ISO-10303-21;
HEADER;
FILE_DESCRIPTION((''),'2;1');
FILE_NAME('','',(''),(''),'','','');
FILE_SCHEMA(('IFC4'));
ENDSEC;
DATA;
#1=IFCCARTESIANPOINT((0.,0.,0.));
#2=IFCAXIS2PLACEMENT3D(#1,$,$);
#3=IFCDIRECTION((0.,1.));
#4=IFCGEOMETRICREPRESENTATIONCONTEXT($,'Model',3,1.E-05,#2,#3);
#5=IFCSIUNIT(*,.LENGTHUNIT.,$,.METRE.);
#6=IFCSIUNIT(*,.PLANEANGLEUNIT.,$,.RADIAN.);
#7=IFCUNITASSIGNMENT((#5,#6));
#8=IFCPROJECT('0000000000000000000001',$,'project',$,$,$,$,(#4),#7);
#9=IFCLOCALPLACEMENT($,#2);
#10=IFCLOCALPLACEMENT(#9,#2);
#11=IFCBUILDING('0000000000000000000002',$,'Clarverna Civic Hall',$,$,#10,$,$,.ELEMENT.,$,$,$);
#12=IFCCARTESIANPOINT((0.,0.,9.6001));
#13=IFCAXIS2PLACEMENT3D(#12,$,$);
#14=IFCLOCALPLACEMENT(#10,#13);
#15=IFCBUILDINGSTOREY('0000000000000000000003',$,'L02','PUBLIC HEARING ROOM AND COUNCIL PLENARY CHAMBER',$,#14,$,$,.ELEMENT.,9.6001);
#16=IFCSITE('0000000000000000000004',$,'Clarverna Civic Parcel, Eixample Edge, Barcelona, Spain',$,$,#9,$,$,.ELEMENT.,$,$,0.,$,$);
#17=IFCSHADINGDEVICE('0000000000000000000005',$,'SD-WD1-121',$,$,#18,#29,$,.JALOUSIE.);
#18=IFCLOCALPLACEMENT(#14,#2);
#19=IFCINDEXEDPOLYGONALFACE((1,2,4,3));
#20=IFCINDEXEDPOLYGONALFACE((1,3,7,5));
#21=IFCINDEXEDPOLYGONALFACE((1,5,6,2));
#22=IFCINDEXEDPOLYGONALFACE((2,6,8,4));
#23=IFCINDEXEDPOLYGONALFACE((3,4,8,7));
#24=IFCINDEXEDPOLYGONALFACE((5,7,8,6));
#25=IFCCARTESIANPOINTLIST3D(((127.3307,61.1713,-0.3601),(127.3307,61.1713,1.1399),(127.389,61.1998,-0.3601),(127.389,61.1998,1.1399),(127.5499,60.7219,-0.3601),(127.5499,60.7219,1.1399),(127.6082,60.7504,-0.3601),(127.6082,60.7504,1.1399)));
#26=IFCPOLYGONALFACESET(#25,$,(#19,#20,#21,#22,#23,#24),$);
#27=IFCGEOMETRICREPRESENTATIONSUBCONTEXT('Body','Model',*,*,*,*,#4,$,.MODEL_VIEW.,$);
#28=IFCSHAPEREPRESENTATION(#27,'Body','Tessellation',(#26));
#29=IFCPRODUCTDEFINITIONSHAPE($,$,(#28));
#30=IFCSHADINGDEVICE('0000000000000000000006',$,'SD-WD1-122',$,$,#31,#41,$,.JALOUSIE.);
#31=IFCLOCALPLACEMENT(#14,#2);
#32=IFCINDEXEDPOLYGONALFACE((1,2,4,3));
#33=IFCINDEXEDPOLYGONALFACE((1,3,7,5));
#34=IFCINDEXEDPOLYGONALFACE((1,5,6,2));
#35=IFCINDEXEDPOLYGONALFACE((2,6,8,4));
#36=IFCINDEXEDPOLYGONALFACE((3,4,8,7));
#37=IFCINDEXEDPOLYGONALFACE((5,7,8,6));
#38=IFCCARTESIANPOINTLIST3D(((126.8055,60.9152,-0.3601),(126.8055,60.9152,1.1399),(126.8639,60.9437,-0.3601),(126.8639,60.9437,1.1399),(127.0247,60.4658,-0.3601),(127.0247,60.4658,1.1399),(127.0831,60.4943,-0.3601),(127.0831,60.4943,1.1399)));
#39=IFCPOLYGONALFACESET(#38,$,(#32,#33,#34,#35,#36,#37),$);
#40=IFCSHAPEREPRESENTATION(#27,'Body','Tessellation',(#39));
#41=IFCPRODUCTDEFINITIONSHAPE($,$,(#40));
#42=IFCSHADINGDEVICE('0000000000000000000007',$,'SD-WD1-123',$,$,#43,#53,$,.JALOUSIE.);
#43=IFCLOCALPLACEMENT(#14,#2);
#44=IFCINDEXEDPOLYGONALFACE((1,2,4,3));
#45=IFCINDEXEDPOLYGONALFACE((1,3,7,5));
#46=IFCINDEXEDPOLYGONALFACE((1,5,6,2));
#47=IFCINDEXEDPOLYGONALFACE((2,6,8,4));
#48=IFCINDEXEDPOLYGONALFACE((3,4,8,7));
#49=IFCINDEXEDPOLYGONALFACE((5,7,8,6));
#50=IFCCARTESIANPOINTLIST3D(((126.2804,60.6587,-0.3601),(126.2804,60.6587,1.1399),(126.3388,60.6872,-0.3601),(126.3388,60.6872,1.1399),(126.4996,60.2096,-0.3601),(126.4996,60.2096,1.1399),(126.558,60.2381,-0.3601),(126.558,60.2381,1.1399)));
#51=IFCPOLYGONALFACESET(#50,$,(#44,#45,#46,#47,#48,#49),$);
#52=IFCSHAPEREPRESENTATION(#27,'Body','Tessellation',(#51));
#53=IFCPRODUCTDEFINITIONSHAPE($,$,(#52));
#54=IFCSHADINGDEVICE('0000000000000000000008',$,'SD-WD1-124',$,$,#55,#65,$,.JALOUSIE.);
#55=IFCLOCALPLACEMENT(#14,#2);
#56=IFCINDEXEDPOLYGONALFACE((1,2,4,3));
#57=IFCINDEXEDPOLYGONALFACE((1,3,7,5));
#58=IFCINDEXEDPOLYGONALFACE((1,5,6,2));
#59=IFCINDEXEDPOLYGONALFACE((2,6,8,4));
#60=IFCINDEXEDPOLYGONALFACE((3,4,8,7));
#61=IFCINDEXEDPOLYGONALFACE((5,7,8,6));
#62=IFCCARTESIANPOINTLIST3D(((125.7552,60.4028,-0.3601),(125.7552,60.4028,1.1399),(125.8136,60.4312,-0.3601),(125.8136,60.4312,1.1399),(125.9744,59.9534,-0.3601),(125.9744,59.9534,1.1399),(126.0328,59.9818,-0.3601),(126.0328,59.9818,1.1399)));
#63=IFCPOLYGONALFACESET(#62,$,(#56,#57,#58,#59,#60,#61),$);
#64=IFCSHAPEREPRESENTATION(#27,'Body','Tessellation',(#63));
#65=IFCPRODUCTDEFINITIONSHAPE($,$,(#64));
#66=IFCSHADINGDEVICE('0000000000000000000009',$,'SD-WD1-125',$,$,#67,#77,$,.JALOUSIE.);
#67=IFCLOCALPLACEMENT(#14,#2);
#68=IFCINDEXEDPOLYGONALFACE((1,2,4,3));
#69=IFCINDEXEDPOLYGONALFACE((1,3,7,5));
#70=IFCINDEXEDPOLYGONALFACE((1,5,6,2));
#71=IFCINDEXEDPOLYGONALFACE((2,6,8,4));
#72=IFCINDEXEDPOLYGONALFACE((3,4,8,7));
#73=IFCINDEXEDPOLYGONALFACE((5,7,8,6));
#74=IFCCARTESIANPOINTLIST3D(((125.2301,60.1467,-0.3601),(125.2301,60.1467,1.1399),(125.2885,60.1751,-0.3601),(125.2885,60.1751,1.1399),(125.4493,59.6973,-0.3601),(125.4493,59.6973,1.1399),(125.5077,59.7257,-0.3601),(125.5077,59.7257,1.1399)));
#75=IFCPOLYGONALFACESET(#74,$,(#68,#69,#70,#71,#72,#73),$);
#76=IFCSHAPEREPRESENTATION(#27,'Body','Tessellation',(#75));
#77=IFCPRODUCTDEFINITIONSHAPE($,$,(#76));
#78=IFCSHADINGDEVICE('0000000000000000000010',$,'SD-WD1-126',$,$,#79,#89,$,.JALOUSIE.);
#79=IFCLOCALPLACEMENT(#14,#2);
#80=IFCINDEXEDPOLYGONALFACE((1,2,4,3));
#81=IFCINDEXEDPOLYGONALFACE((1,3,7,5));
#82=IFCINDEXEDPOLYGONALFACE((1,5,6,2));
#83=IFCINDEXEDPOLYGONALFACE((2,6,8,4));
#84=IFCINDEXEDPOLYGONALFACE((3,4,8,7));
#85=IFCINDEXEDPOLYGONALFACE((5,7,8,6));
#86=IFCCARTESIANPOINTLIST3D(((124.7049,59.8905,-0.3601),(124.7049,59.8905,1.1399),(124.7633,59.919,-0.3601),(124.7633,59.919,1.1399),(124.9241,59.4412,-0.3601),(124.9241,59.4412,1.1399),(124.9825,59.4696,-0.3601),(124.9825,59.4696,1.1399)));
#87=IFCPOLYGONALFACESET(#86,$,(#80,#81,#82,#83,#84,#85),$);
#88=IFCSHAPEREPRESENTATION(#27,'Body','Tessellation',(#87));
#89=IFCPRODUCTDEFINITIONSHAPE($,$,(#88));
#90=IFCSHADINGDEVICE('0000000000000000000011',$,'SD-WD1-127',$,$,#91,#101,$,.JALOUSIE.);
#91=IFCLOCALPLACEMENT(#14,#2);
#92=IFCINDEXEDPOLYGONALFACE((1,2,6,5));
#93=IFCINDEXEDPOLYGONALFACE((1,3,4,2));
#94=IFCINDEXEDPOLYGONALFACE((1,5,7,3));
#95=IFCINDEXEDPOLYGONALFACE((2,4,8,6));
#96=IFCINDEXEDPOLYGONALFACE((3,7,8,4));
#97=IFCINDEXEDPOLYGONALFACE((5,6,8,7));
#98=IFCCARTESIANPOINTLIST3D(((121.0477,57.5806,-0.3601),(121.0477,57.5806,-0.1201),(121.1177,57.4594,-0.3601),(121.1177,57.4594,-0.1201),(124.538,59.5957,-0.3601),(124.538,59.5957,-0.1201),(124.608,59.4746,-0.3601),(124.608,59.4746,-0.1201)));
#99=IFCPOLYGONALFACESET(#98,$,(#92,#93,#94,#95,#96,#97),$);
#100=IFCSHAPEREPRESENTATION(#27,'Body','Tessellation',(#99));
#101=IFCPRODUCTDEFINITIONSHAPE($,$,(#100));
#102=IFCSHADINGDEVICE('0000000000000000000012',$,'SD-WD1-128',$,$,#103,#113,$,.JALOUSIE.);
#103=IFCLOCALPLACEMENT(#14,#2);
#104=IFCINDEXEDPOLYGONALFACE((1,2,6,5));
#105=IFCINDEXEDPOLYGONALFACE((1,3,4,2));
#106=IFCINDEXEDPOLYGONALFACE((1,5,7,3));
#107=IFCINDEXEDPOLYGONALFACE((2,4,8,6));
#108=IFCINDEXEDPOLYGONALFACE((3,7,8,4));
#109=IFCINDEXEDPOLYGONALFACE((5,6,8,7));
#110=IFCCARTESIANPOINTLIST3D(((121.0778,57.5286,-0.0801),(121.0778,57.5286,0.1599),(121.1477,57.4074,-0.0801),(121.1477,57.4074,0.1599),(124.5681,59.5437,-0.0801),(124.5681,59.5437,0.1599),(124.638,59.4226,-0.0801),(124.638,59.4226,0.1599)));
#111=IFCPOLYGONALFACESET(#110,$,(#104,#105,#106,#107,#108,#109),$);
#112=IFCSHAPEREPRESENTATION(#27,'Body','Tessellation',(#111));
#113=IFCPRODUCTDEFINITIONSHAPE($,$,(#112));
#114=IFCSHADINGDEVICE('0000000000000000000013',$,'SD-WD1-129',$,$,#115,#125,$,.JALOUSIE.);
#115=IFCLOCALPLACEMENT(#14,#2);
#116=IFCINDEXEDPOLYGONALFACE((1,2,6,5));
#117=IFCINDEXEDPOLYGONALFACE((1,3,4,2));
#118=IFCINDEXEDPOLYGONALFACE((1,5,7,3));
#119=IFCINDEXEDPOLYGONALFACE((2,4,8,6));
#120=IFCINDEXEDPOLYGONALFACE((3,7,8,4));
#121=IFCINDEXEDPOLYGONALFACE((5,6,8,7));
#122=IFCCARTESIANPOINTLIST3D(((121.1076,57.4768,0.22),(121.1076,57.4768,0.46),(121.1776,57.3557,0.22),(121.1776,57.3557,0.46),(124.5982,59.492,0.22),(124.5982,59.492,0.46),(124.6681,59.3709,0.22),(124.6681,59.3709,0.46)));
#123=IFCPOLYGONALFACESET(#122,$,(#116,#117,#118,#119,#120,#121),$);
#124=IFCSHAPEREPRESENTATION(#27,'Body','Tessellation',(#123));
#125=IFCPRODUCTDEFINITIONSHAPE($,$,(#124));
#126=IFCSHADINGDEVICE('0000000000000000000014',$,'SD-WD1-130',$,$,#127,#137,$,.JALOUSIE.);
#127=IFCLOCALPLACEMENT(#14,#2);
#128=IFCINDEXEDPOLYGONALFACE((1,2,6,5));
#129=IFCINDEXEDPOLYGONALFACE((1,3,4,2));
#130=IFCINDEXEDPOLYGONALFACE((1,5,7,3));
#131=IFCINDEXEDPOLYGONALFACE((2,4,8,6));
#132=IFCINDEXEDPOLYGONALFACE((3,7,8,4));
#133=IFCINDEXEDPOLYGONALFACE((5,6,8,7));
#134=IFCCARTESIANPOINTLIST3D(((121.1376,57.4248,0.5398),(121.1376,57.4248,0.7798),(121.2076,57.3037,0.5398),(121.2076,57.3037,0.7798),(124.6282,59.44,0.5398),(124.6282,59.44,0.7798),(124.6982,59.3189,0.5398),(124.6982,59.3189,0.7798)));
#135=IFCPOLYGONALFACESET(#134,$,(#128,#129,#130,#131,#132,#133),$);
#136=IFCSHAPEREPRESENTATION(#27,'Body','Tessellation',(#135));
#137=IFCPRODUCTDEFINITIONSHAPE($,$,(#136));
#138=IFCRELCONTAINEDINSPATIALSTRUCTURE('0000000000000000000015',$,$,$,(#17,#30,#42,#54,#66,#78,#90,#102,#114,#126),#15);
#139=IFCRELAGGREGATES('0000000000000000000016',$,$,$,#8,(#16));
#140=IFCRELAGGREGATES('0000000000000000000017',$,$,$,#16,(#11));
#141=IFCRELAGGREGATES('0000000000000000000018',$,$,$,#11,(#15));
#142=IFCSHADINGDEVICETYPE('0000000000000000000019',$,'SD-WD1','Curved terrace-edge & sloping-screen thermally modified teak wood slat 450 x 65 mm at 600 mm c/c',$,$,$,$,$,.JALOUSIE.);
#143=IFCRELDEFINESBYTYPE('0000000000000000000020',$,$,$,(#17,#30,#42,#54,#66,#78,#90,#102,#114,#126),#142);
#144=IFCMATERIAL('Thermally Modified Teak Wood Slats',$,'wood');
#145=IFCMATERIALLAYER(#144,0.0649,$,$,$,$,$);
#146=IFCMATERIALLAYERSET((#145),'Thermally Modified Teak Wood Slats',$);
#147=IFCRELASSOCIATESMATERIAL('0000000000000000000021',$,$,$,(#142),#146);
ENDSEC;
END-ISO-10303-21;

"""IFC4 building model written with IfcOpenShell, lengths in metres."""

from ifc_helpers import new_model, si_unit, direction, frame, frame_2d, origin, place, context, subcontext, project, spatial, rectangle, extrude, material, layer, layer_set, type_object, element, save


model = new_model("IFC4")

# Units and contexts
model_context = context("Model", 3, precision=1e-05, world=origin(), true_north=direction((0.0, 1.0)))
body_context = subcontext(model_context, "Body", "Model", "MODEL_VIEW")
ifc_project = project(units=[si_unit("LENGTHUNIT", "METRE"), si_unit("PLANEANGLEUNIT", "RADIAN")], contexts=[model_context])

# Site, building, storey
site_placement = place(None, origin())
site = spatial("IfcSite", under=ifc_project, at=site_placement, Name="Clarverna Civic Parcel, Eixample Edge, Barcelona, Spain", CompositionType="ELEMENT", RefElevation=0.0)
building_placement = place(site_placement, origin())
building = spatial("IfcBuilding", under=site, at=building_placement, Name="Clarverna Civic Hall", CompositionType="ELEMENT")
storey_placement = place(building_placement, frame((0.0, 0.0, 9.6001)))
storey = spatial("IfcBuildingStorey", under=building, at=storey_placement, Name="L02", Description="PUBLIC HEARING ROOM AND COUNCIL PLENARY CHAMBER", CompositionType="ELEMENT", Elevation=9.6001)

# Shading devices
ifc_material_1 = material(Name="Thermally Modified Teak Wood Slats", Category="wood")
ifc_layer_1 = layer(ifc_material_1, 0.0649)
ifc_layer_set_1 = layer_set([ifc_layer_1], Name="Thermally Modified Teak Wood Slats")
shading_device_type = type_object("IfcShadingDeviceType", Name="SD-WD1", Description="Curved terrace-edge & sloping-screen thermally modified teak wood slat 450 x 65 mm at 600 mm c/c", PredefinedType="JALOUSIE", material=ifc_layer_set_1)
for number, where, z_axis, x_axis, name in (
    (1, (127.3599, 61.1855, -0.3601), (0.0, 0.0, 1.0), (0.438404, -0.898778, 0.0), "SD-WD1-121"),
    (2, (126.8347, 60.9294, -0.3601), (0.0, 0.0, 1.0), (0.438404, -0.898778, 0.0), "SD-WD1-122"),
):
    element("IfcShadingDevice", number, at=place(storey_placement, frame(where, z_axis=z_axis, x_axis=x_axis)), inside=storey, type_object=shading_device_type, Name=name, PredefinedType="JALOUSIE", context=body_context, shape_type="SweptSolid", body=[
        extrude(rectangle(XDim=0.5, YDim=0.0649, at=frame_2d((0.25, 0.0))), origin(), (0.0, 0.0, 1.0), 1.5),
    ])
shading_device_placement = place(storey_placement, frame((126.3096, 60.6731, -0.3601), z_axis=(0.0, 0.0, 1.0), x_axis=(0.438597, -0.898684, 0.0)))
element("IfcShadingDevice", 3, at=shading_device_placement, inside=storey, type_object=shading_device_type, Name="SD-WD1-123", PredefinedType="JALOUSIE", context=body_context, shape_type="SweptSolid", body=[
    extrude(rectangle(XDim=0.4998, YDim=0.0649, at=frame_2d((0.25, 0.0))), origin(), (0.0, 0.0, 1.0), 1.5),
])
for number, where, z_axis, x_axis, name in (
    (4, (125.7844, 60.417, -0.3601), (0.0, 0.0, 1.0), (0.438404, -0.898778, 0.0), "SD-WD1-124"),
    (5, (125.2593, 60.1609, -0.3601), (0.0, 0.0, 1.0), (0.438404, -0.898778, 0.0), "SD-WD1-125"),
    (6, (124.7341, 59.9048, -0.3601), (0.0, 0.0, 1.0), (0.438404, -0.898778, 0.0), "SD-WD1-126"),
):
    element("IfcShadingDevice", number, at=place(storey_placement, frame(where, z_axis=z_axis, x_axis=x_axis)), inside=storey, type_object=shading_device_type, Name=name, PredefinedType="JALOUSIE", context=body_context, shape_type="SweptSolid", body=[
        extrude(rectangle(XDim=0.5, YDim=0.0649, at=frame_2d((0.25, 0.0))), origin(), (0.0, 0.0, 1.0), 1.5),
    ])
for number, where, z_axis, x_axis, name in (
    (7, (124.573, 59.5352, -0.3601), (0.0, 0.0, 1.0), (-0.86602, -0.500009, 0.0), "SD-WD1-127"),
    (8, (124.603, 59.4832, -0.0801), (0.0, 0.0, 1.0), (-0.86602, -0.500009, 0.0), "SD-WD1-128"),
):
    element("IfcShadingDevice", number, at=place(storey_placement, frame(where, z_axis=z_axis, x_axis=x_axis)), inside=storey, type_object=shading_device_type, Name=name, PredefinedType="JALOUSIE", context=body_context, shape_type="SweptSolid", body=[
        extrude(rectangle(XDim=4.0303, YDim=0.1399, at=frame_2d((2.0151, 0.0))), origin(), (0.0, 0.0, 1.0), 0.24),
    ])
for number, where, z_axis, x_axis, name in (
    (9, (124.6331, 59.4314, 0.22), (0.0, 0.0, 1.0), (-0.866035, -0.499983, 0.0), "SD-WD1-129"),
    (10, (124.6631, 59.3794, 0.5398), (0.0, 0.0, 1.0), (-0.866035, -0.499983, 0.0), "SD-WD1-130"),
):
    element("IfcShadingDevice", number, at=place(storey_placement, frame(where, z_axis=z_axis, x_axis=x_axis)), inside=storey, type_object=shading_device_type, Name=name, PredefinedType="JALOUSIE", context=body_context, shape_type="SweptSolid", body=[
        extrude(rectangle(XDim=4.0305, YDim=0.1399, at=frame_2d((2.0151, 0.0))), origin(), (0.0, 0.0, 1.0), 0.24),
    ])

save(model, "model.ifc")
